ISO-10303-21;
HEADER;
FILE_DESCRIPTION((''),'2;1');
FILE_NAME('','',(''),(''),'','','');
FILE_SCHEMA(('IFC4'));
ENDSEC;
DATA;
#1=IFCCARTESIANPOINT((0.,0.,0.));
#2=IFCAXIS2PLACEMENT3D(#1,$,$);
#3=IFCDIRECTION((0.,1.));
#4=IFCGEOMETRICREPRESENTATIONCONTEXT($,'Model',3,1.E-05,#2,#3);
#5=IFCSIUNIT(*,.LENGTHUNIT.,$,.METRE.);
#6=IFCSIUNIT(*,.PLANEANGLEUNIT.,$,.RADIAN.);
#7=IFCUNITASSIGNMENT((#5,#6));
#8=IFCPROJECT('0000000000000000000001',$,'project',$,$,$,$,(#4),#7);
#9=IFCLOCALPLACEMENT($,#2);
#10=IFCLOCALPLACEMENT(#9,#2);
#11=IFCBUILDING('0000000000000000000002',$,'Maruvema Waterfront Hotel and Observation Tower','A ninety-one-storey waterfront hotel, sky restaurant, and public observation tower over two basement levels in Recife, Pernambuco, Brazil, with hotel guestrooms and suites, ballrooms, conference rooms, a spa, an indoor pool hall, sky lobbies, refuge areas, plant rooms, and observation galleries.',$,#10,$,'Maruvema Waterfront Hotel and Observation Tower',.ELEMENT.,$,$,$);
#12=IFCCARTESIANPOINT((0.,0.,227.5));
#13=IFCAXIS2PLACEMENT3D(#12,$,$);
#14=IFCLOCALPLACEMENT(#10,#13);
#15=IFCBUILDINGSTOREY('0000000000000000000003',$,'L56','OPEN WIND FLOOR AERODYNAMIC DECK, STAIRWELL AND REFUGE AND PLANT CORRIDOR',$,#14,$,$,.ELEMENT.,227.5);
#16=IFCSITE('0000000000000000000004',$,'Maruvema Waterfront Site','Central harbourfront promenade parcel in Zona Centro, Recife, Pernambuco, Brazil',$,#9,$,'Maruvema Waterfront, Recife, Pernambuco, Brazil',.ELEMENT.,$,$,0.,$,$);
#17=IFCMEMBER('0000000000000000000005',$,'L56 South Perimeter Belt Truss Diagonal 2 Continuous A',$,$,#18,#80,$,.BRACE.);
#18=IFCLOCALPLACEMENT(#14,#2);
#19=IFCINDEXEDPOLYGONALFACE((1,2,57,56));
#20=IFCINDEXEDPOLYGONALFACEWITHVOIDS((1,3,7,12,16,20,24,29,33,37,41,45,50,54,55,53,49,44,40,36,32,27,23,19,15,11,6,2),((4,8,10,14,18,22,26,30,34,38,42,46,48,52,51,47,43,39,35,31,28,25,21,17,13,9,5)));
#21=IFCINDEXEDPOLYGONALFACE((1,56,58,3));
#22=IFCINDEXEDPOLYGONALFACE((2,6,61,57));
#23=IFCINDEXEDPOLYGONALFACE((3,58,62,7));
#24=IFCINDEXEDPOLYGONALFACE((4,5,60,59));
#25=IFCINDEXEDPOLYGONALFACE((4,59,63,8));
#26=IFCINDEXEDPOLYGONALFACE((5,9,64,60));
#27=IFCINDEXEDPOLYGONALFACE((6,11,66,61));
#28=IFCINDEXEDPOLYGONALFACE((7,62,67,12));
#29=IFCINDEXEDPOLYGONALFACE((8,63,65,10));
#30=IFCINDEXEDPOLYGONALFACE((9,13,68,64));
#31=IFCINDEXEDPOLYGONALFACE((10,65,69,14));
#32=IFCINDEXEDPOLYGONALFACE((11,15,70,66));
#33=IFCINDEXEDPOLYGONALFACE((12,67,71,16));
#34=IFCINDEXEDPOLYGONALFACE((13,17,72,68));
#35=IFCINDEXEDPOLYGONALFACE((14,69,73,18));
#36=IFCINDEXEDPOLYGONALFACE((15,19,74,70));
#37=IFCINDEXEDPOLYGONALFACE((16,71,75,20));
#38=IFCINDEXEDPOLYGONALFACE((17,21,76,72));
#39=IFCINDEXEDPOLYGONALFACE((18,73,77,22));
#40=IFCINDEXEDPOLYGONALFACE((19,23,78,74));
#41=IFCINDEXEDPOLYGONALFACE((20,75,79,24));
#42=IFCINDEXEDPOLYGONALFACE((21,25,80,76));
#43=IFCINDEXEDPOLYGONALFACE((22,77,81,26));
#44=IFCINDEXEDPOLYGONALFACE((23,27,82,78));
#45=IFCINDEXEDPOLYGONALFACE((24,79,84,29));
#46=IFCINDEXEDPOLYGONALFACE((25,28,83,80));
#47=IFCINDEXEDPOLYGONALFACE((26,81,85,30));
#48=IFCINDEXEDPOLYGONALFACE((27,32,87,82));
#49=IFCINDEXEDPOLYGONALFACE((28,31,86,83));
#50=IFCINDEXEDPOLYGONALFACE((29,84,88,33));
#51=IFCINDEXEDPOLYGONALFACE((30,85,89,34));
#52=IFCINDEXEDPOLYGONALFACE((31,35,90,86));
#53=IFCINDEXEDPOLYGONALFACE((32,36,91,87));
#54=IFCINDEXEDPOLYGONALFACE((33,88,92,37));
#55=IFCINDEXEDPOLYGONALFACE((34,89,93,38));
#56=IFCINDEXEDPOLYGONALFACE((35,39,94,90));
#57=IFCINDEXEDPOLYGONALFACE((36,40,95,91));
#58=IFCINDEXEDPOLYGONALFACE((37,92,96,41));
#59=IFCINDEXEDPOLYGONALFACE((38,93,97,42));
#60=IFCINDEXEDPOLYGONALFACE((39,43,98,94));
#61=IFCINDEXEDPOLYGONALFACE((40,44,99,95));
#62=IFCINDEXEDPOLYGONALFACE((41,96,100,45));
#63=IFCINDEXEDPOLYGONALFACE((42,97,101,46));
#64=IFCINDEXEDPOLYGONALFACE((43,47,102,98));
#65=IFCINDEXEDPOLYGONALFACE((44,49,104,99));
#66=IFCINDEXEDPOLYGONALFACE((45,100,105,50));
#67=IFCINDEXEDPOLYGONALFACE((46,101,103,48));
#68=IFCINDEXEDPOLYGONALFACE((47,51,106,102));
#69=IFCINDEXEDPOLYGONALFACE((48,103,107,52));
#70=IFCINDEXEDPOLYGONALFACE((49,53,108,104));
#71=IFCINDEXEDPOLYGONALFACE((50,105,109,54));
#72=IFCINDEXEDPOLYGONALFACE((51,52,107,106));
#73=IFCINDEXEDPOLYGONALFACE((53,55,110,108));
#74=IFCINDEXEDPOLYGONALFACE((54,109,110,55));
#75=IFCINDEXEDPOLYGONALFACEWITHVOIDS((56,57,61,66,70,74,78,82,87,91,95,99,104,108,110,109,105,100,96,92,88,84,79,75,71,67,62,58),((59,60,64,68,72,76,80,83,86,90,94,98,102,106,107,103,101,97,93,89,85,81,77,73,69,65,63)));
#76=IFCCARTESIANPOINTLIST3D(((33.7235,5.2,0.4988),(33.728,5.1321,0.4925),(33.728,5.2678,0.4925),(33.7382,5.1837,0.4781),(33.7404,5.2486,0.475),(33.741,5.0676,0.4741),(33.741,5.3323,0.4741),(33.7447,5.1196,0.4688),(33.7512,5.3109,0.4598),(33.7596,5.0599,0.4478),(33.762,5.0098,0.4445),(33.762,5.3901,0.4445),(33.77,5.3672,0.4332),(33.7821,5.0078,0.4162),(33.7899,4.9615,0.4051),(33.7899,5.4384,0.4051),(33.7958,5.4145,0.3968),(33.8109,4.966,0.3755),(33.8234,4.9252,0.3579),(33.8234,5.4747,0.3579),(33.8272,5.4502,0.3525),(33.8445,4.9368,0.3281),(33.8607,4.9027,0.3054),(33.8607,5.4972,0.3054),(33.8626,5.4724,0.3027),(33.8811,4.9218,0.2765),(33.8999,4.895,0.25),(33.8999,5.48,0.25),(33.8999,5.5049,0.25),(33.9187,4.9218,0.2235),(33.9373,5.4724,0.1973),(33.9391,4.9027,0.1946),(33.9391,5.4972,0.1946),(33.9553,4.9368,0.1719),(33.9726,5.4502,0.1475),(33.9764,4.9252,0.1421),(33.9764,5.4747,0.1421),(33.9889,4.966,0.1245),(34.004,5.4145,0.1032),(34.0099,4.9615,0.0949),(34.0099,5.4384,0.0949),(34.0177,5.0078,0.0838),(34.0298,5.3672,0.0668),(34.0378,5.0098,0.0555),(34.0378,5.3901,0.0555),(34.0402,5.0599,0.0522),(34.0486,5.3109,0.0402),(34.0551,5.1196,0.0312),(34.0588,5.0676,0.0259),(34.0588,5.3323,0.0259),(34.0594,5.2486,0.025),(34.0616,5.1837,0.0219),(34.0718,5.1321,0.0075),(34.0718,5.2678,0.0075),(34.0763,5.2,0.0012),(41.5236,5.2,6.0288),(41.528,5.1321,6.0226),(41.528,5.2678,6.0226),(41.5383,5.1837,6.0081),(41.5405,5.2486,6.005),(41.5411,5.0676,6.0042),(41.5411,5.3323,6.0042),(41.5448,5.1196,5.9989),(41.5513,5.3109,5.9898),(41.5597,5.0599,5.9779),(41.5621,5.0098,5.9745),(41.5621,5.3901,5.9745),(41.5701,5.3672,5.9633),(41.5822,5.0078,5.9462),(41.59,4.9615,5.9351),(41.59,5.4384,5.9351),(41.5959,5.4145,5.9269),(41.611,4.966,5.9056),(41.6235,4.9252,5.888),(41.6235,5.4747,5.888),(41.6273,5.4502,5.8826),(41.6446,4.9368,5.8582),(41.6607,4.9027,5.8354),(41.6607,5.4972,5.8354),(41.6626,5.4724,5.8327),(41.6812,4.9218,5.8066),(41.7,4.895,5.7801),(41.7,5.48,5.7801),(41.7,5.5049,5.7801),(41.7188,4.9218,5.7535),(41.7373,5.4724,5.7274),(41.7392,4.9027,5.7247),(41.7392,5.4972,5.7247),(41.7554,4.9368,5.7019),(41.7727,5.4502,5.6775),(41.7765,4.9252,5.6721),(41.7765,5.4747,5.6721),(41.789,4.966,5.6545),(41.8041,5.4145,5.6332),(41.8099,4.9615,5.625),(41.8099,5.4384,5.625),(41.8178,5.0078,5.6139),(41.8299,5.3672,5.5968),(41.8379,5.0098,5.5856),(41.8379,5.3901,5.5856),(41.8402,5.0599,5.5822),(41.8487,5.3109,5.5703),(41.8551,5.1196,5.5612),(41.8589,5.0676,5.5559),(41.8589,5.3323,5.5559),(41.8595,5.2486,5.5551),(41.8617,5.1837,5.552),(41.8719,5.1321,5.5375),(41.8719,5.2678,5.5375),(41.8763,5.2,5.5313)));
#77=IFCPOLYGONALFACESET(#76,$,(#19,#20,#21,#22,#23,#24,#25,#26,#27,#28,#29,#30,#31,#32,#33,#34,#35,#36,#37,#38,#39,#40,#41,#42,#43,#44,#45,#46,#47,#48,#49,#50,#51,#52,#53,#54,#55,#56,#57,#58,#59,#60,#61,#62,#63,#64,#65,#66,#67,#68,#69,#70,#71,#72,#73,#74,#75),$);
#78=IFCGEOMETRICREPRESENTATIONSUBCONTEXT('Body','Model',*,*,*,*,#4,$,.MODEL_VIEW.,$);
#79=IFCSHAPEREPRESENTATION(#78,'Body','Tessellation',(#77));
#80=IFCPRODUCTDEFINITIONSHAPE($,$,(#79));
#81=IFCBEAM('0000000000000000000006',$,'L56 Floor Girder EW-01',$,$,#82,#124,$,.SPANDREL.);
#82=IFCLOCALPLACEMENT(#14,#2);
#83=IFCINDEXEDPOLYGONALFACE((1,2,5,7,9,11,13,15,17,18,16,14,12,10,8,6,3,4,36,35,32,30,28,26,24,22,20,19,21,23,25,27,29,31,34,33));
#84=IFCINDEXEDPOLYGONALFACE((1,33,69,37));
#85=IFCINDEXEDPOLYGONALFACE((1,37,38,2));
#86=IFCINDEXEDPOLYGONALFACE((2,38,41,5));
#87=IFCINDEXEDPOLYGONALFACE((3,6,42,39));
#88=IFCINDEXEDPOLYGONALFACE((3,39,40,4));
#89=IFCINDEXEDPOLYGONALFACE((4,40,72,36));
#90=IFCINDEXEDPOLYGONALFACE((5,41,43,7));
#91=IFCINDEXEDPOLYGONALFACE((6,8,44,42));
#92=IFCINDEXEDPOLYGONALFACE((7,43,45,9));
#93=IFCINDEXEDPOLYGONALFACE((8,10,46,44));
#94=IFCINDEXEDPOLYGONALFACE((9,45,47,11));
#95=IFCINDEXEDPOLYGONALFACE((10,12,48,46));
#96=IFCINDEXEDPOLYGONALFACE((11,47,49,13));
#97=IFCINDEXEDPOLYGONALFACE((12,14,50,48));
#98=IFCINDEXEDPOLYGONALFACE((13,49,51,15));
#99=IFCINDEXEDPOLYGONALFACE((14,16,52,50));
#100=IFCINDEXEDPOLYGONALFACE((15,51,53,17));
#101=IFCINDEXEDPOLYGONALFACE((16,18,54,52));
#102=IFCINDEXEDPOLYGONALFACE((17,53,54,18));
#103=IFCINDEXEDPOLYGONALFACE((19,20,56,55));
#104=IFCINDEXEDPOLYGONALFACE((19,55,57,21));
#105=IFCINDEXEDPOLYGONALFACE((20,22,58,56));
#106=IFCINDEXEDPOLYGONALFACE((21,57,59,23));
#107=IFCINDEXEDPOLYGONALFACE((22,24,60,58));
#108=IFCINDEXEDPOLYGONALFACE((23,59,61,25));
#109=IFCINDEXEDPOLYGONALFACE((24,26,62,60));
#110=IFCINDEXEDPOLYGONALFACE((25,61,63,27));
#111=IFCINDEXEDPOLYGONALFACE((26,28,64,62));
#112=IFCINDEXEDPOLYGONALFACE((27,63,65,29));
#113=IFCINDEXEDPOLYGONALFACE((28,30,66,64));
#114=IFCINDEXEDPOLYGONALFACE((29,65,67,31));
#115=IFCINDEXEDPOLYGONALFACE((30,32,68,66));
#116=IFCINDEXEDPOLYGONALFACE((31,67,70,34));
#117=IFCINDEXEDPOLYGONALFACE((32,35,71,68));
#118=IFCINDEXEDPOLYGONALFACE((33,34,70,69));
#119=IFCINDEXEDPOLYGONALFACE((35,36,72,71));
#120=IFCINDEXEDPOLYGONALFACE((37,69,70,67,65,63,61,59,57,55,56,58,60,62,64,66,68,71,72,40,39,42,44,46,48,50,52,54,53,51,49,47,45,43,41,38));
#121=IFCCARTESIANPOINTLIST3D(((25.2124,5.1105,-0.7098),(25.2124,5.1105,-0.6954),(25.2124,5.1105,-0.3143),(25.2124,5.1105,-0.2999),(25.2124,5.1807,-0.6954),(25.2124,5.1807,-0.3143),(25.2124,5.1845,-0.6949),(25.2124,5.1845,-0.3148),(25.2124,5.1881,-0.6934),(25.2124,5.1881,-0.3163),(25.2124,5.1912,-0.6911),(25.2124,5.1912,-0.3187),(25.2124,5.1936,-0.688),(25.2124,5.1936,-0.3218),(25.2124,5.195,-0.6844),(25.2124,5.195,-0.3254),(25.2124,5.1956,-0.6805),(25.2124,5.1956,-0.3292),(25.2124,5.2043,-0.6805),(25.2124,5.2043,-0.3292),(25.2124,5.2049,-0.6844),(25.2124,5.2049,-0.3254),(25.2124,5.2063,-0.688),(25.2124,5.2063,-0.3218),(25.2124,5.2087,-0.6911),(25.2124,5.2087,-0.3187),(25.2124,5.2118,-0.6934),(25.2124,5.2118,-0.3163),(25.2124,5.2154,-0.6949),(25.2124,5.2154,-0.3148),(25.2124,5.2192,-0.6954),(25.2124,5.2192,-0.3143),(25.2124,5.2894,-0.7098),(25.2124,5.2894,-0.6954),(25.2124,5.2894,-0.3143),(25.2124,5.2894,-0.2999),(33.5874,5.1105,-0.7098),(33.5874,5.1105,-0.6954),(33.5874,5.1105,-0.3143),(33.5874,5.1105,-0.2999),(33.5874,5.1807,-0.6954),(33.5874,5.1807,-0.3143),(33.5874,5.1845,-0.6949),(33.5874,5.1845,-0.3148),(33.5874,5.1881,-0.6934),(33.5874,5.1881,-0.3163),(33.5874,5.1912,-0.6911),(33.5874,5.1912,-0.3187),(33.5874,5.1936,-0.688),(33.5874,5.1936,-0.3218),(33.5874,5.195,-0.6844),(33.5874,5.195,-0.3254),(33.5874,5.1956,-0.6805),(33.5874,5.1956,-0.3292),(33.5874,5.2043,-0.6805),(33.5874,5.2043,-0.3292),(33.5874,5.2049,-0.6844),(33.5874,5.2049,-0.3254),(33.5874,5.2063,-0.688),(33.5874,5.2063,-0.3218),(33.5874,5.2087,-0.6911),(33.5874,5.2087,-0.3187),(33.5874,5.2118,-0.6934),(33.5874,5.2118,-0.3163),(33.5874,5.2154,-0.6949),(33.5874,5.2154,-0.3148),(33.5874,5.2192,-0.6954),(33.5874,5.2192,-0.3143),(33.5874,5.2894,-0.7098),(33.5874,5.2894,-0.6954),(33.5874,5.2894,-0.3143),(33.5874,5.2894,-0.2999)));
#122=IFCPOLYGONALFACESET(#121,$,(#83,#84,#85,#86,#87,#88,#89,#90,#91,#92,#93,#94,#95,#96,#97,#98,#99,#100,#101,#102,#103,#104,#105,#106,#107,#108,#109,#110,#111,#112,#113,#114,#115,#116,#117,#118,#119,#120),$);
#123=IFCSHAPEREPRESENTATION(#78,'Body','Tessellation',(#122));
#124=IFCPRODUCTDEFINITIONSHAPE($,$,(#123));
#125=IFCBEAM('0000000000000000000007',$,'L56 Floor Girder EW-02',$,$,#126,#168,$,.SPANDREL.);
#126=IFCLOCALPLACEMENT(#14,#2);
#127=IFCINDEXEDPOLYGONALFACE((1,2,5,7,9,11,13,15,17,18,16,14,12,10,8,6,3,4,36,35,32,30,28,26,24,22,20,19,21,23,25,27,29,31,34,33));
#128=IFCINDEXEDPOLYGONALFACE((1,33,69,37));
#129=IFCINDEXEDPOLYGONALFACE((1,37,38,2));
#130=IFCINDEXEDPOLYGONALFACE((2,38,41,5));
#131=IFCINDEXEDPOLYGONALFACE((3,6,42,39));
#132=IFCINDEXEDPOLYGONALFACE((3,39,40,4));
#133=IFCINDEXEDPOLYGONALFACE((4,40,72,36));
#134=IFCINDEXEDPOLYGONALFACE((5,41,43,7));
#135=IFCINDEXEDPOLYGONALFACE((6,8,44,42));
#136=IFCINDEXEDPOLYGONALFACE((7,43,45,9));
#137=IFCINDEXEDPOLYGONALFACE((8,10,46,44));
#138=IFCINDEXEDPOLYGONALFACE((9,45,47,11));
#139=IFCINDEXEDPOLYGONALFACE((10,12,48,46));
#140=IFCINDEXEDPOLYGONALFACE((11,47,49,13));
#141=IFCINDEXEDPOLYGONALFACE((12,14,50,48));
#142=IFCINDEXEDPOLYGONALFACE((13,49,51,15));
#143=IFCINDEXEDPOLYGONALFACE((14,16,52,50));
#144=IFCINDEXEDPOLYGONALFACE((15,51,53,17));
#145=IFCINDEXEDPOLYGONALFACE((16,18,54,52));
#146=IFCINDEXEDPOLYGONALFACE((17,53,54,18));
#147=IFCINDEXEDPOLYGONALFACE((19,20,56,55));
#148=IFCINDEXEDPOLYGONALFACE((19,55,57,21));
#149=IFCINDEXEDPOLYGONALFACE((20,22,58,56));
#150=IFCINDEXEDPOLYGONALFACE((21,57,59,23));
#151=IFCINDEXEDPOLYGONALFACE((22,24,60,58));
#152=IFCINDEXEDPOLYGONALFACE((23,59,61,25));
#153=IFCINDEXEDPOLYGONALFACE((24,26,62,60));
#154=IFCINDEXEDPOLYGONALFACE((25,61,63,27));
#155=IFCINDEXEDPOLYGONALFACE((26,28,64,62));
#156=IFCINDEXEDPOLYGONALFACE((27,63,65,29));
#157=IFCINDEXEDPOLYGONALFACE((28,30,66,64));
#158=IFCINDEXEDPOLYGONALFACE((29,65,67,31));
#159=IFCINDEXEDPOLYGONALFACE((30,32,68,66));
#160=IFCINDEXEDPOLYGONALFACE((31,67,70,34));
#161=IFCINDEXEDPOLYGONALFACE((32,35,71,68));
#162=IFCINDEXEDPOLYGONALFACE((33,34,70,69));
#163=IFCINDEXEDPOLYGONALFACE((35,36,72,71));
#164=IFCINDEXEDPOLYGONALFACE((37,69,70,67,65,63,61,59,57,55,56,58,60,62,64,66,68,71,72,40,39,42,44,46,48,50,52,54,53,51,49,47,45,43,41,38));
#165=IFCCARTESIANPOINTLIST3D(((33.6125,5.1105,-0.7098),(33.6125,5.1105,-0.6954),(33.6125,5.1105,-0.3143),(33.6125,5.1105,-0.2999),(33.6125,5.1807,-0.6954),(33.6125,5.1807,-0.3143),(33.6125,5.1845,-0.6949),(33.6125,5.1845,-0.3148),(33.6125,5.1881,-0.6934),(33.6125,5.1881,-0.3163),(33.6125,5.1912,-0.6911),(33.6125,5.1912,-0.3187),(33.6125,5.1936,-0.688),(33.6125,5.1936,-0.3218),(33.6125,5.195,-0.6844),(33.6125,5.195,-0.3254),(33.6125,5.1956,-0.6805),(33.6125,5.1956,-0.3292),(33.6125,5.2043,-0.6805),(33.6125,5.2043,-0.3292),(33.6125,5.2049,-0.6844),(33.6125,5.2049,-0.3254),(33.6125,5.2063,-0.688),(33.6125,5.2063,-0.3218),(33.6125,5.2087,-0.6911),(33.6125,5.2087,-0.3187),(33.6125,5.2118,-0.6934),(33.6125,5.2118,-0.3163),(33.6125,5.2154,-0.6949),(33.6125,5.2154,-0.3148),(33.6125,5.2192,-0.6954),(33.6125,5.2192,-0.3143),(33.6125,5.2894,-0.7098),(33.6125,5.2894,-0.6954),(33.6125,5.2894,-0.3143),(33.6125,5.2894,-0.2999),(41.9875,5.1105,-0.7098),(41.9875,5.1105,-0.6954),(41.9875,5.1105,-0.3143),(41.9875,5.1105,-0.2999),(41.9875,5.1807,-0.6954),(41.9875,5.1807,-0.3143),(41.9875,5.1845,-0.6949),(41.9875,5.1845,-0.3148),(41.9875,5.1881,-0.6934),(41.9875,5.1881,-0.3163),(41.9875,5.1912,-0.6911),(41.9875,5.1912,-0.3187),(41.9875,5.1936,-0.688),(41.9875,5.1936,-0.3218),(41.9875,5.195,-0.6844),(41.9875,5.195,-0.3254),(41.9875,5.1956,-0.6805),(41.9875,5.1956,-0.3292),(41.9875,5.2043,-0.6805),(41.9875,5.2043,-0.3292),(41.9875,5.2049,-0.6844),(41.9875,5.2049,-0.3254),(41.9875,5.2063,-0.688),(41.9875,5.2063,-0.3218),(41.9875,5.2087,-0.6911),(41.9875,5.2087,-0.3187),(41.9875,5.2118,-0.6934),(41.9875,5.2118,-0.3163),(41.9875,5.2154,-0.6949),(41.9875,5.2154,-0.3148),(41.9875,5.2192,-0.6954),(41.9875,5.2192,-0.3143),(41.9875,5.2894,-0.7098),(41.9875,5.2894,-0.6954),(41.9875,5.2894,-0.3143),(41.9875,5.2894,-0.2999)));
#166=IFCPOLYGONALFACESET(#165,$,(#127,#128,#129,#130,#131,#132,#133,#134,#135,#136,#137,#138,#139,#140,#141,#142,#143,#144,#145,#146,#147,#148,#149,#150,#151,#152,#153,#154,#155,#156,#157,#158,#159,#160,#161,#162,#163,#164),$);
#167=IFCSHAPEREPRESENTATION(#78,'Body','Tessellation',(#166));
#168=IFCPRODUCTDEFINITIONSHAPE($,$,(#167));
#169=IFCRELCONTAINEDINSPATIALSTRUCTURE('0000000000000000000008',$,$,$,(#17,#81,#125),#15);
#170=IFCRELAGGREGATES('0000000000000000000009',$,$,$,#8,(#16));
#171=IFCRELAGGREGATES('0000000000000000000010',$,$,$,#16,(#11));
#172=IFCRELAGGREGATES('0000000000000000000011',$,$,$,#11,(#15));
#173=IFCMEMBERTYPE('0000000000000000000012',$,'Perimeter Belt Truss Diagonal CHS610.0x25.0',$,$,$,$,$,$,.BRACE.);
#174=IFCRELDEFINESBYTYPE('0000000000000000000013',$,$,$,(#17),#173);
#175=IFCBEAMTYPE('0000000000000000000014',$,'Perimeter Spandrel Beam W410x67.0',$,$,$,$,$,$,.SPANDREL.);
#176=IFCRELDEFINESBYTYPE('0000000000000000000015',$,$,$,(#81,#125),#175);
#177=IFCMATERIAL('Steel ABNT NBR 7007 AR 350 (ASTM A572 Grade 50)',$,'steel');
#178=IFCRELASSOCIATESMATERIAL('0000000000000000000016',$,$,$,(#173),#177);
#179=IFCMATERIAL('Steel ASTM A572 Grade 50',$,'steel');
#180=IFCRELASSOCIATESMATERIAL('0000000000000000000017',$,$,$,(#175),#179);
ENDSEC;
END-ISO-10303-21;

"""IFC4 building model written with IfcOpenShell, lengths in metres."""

from ifc_helpers import new_model, si_unit, direction, frame, origin, origin_2d, place, context, subcontext, project, spatial, hollow_circle, i_section, extrude, material, material_profile, profile_set, type_object, element, save


model = new_model("IFC4")

# Units and contexts
model_context = context("Model", 3, precision=1e-05, world=origin(), true_north=direction((0.0, 1.0)))
body_context = subcontext(model_context, "Body", "Model", "MODEL_VIEW")
ifc_project = project(units=[si_unit("LENGTHUNIT", "METRE"), si_unit("PLANEANGLEUNIT", "RADIAN")], contexts=[model_context])

# Site, building, storey
site_placement = place(None, origin())
site = spatial("IfcSite", under=ifc_project, at=site_placement, Name="Maruvema Waterfront Site", Description="Central harbourfront promenade parcel in Zona Centro, Recife, Pernambuco, Brazil", LongName="Maruvema Waterfront, Recife, Pernambuco, Brazil", CompositionType="ELEMENT", RefElevation=0.0)
building_placement = place(site_placement, origin())
building = spatial("IfcBuilding", under=site, at=building_placement, Name="Maruvema Waterfront Hotel and Observation Tower", Description="A ninety-one-storey waterfront hotel, sky restaurant, and public observation tower over two basement levels in Recife, Pernambuco, Brazil, with hotel guestrooms and suites, ballrooms, conference rooms, a spa, an indoor pool hall, sky lobbies, refuge areas, plant rooms, and observation galleries.", LongName="Maruvema Waterfront Hotel and Observation Tower", CompositionType="ELEMENT")
storey_placement = place(building_placement, frame((0.0, 0.0, 227.5)))
storey = spatial("IfcBuildingStorey", under=building, at=storey_placement, Name="L56", Description="OPEN WIND FLOOR AERODYNAMIC DECK, STAIRWELL AND REFUGE AND PLANT CORRIDOR", CompositionType="ELEMENT", Elevation=227.5)

# Member
ifc_material_1 = material(Name="Steel ABNT NBR 7007 AR 350 (ASTM A572 Grade 50)", Category="steel")
ifc_material_profile_1 = material_profile(ifc_material_1, hollow_circle(Radius=0.3049, WallThickness=0.0249, at=origin_2d()), Name="CHS610.0x25.0")
ifc_profile_set_1 = profile_set([ifc_material_profile_1], Name="Steel ABNT NBR 7007 AR 350 (ASTM A572 Grade 50)")
member_type_1 = type_object("IfcMemberType", Name="Perimeter Belt Truss Diagonal CHS610.0x25.0", PredefinedType="BRACE", material=ifc_profile_set_1)
member_1_placement = place(storey_placement, frame((33.8999, 5.2, 0.25), z_axis=(0.815778, 0.0, 0.578365), x_axis=(0.0, 1.0, 0.0)))
element("IfcMember", 1, at=member_1_placement, inside=storey, type_object=member_type_1, Name="L56 South Perimeter Belt Truss Diagonal 2 Continuous A", PredefinedType="BRACE", context=body_context, shape_type="SweptSolid", body=[
    extrude(hollow_circle(Radius=0.3049, WallThickness=0.0249, at=origin_2d()), origin(), (0.0, 0.0, 1.0), 9.5615),
])

# Beams
ifc_material_2 = material(Name="Steel ASTM A572 Grade 50", Category="steel")
ifc_material_profile_2 = material_profile(ifc_material_2, i_section(OverallWidth=0.179, OverallDepth=0.4099, WebThickness=0.0088, FlangeThickness=0.0144, FilletRadius=0.0149, at=origin_2d()), Name="W410x67.0")
ifc_profile_set_2 = profile_set([ifc_material_profile_2], Name="Steel ASTM A572 Grade 50")
beam_type_1 = type_object("IfcBeamType", Name="Perimeter Spandrel Beam W410x67.0", PredefinedType="SPANDREL", material=ifc_profile_set_2)
for number, where, z_axis, x_axis, name in (
    (2, (25.2124, 5.2, -0.5049), (1.0, 0.0, 0.0), (0.0, 1.0, 0.0), "L56 Floor Girder EW-01"),
    (3, (33.6125, 5.2, -0.5049), (1.0, 0.0, 0.0), (0.0, 1.0, 0.0), "L56 Floor Girder EW-02"),
):
    element("IfcBeam", number, at=place(storey_placement, frame(where, z_axis=z_axis, x_axis=x_axis)), inside=storey, type_object=beam_type_1, Name=name, PredefinedType="SPANDREL", context=body_context, shape_type="SweptSolid", body=[
        extrude(i_section(OverallWidth=0.179, OverallDepth=0.4099, WebThickness=0.0088, FlangeThickness=0.0144, FilletRadius=0.0149, at=origin_2d()), origin(), (0.0, 0.0, 1.0), 8.375),
    ])

save(model, "model.ifc")
